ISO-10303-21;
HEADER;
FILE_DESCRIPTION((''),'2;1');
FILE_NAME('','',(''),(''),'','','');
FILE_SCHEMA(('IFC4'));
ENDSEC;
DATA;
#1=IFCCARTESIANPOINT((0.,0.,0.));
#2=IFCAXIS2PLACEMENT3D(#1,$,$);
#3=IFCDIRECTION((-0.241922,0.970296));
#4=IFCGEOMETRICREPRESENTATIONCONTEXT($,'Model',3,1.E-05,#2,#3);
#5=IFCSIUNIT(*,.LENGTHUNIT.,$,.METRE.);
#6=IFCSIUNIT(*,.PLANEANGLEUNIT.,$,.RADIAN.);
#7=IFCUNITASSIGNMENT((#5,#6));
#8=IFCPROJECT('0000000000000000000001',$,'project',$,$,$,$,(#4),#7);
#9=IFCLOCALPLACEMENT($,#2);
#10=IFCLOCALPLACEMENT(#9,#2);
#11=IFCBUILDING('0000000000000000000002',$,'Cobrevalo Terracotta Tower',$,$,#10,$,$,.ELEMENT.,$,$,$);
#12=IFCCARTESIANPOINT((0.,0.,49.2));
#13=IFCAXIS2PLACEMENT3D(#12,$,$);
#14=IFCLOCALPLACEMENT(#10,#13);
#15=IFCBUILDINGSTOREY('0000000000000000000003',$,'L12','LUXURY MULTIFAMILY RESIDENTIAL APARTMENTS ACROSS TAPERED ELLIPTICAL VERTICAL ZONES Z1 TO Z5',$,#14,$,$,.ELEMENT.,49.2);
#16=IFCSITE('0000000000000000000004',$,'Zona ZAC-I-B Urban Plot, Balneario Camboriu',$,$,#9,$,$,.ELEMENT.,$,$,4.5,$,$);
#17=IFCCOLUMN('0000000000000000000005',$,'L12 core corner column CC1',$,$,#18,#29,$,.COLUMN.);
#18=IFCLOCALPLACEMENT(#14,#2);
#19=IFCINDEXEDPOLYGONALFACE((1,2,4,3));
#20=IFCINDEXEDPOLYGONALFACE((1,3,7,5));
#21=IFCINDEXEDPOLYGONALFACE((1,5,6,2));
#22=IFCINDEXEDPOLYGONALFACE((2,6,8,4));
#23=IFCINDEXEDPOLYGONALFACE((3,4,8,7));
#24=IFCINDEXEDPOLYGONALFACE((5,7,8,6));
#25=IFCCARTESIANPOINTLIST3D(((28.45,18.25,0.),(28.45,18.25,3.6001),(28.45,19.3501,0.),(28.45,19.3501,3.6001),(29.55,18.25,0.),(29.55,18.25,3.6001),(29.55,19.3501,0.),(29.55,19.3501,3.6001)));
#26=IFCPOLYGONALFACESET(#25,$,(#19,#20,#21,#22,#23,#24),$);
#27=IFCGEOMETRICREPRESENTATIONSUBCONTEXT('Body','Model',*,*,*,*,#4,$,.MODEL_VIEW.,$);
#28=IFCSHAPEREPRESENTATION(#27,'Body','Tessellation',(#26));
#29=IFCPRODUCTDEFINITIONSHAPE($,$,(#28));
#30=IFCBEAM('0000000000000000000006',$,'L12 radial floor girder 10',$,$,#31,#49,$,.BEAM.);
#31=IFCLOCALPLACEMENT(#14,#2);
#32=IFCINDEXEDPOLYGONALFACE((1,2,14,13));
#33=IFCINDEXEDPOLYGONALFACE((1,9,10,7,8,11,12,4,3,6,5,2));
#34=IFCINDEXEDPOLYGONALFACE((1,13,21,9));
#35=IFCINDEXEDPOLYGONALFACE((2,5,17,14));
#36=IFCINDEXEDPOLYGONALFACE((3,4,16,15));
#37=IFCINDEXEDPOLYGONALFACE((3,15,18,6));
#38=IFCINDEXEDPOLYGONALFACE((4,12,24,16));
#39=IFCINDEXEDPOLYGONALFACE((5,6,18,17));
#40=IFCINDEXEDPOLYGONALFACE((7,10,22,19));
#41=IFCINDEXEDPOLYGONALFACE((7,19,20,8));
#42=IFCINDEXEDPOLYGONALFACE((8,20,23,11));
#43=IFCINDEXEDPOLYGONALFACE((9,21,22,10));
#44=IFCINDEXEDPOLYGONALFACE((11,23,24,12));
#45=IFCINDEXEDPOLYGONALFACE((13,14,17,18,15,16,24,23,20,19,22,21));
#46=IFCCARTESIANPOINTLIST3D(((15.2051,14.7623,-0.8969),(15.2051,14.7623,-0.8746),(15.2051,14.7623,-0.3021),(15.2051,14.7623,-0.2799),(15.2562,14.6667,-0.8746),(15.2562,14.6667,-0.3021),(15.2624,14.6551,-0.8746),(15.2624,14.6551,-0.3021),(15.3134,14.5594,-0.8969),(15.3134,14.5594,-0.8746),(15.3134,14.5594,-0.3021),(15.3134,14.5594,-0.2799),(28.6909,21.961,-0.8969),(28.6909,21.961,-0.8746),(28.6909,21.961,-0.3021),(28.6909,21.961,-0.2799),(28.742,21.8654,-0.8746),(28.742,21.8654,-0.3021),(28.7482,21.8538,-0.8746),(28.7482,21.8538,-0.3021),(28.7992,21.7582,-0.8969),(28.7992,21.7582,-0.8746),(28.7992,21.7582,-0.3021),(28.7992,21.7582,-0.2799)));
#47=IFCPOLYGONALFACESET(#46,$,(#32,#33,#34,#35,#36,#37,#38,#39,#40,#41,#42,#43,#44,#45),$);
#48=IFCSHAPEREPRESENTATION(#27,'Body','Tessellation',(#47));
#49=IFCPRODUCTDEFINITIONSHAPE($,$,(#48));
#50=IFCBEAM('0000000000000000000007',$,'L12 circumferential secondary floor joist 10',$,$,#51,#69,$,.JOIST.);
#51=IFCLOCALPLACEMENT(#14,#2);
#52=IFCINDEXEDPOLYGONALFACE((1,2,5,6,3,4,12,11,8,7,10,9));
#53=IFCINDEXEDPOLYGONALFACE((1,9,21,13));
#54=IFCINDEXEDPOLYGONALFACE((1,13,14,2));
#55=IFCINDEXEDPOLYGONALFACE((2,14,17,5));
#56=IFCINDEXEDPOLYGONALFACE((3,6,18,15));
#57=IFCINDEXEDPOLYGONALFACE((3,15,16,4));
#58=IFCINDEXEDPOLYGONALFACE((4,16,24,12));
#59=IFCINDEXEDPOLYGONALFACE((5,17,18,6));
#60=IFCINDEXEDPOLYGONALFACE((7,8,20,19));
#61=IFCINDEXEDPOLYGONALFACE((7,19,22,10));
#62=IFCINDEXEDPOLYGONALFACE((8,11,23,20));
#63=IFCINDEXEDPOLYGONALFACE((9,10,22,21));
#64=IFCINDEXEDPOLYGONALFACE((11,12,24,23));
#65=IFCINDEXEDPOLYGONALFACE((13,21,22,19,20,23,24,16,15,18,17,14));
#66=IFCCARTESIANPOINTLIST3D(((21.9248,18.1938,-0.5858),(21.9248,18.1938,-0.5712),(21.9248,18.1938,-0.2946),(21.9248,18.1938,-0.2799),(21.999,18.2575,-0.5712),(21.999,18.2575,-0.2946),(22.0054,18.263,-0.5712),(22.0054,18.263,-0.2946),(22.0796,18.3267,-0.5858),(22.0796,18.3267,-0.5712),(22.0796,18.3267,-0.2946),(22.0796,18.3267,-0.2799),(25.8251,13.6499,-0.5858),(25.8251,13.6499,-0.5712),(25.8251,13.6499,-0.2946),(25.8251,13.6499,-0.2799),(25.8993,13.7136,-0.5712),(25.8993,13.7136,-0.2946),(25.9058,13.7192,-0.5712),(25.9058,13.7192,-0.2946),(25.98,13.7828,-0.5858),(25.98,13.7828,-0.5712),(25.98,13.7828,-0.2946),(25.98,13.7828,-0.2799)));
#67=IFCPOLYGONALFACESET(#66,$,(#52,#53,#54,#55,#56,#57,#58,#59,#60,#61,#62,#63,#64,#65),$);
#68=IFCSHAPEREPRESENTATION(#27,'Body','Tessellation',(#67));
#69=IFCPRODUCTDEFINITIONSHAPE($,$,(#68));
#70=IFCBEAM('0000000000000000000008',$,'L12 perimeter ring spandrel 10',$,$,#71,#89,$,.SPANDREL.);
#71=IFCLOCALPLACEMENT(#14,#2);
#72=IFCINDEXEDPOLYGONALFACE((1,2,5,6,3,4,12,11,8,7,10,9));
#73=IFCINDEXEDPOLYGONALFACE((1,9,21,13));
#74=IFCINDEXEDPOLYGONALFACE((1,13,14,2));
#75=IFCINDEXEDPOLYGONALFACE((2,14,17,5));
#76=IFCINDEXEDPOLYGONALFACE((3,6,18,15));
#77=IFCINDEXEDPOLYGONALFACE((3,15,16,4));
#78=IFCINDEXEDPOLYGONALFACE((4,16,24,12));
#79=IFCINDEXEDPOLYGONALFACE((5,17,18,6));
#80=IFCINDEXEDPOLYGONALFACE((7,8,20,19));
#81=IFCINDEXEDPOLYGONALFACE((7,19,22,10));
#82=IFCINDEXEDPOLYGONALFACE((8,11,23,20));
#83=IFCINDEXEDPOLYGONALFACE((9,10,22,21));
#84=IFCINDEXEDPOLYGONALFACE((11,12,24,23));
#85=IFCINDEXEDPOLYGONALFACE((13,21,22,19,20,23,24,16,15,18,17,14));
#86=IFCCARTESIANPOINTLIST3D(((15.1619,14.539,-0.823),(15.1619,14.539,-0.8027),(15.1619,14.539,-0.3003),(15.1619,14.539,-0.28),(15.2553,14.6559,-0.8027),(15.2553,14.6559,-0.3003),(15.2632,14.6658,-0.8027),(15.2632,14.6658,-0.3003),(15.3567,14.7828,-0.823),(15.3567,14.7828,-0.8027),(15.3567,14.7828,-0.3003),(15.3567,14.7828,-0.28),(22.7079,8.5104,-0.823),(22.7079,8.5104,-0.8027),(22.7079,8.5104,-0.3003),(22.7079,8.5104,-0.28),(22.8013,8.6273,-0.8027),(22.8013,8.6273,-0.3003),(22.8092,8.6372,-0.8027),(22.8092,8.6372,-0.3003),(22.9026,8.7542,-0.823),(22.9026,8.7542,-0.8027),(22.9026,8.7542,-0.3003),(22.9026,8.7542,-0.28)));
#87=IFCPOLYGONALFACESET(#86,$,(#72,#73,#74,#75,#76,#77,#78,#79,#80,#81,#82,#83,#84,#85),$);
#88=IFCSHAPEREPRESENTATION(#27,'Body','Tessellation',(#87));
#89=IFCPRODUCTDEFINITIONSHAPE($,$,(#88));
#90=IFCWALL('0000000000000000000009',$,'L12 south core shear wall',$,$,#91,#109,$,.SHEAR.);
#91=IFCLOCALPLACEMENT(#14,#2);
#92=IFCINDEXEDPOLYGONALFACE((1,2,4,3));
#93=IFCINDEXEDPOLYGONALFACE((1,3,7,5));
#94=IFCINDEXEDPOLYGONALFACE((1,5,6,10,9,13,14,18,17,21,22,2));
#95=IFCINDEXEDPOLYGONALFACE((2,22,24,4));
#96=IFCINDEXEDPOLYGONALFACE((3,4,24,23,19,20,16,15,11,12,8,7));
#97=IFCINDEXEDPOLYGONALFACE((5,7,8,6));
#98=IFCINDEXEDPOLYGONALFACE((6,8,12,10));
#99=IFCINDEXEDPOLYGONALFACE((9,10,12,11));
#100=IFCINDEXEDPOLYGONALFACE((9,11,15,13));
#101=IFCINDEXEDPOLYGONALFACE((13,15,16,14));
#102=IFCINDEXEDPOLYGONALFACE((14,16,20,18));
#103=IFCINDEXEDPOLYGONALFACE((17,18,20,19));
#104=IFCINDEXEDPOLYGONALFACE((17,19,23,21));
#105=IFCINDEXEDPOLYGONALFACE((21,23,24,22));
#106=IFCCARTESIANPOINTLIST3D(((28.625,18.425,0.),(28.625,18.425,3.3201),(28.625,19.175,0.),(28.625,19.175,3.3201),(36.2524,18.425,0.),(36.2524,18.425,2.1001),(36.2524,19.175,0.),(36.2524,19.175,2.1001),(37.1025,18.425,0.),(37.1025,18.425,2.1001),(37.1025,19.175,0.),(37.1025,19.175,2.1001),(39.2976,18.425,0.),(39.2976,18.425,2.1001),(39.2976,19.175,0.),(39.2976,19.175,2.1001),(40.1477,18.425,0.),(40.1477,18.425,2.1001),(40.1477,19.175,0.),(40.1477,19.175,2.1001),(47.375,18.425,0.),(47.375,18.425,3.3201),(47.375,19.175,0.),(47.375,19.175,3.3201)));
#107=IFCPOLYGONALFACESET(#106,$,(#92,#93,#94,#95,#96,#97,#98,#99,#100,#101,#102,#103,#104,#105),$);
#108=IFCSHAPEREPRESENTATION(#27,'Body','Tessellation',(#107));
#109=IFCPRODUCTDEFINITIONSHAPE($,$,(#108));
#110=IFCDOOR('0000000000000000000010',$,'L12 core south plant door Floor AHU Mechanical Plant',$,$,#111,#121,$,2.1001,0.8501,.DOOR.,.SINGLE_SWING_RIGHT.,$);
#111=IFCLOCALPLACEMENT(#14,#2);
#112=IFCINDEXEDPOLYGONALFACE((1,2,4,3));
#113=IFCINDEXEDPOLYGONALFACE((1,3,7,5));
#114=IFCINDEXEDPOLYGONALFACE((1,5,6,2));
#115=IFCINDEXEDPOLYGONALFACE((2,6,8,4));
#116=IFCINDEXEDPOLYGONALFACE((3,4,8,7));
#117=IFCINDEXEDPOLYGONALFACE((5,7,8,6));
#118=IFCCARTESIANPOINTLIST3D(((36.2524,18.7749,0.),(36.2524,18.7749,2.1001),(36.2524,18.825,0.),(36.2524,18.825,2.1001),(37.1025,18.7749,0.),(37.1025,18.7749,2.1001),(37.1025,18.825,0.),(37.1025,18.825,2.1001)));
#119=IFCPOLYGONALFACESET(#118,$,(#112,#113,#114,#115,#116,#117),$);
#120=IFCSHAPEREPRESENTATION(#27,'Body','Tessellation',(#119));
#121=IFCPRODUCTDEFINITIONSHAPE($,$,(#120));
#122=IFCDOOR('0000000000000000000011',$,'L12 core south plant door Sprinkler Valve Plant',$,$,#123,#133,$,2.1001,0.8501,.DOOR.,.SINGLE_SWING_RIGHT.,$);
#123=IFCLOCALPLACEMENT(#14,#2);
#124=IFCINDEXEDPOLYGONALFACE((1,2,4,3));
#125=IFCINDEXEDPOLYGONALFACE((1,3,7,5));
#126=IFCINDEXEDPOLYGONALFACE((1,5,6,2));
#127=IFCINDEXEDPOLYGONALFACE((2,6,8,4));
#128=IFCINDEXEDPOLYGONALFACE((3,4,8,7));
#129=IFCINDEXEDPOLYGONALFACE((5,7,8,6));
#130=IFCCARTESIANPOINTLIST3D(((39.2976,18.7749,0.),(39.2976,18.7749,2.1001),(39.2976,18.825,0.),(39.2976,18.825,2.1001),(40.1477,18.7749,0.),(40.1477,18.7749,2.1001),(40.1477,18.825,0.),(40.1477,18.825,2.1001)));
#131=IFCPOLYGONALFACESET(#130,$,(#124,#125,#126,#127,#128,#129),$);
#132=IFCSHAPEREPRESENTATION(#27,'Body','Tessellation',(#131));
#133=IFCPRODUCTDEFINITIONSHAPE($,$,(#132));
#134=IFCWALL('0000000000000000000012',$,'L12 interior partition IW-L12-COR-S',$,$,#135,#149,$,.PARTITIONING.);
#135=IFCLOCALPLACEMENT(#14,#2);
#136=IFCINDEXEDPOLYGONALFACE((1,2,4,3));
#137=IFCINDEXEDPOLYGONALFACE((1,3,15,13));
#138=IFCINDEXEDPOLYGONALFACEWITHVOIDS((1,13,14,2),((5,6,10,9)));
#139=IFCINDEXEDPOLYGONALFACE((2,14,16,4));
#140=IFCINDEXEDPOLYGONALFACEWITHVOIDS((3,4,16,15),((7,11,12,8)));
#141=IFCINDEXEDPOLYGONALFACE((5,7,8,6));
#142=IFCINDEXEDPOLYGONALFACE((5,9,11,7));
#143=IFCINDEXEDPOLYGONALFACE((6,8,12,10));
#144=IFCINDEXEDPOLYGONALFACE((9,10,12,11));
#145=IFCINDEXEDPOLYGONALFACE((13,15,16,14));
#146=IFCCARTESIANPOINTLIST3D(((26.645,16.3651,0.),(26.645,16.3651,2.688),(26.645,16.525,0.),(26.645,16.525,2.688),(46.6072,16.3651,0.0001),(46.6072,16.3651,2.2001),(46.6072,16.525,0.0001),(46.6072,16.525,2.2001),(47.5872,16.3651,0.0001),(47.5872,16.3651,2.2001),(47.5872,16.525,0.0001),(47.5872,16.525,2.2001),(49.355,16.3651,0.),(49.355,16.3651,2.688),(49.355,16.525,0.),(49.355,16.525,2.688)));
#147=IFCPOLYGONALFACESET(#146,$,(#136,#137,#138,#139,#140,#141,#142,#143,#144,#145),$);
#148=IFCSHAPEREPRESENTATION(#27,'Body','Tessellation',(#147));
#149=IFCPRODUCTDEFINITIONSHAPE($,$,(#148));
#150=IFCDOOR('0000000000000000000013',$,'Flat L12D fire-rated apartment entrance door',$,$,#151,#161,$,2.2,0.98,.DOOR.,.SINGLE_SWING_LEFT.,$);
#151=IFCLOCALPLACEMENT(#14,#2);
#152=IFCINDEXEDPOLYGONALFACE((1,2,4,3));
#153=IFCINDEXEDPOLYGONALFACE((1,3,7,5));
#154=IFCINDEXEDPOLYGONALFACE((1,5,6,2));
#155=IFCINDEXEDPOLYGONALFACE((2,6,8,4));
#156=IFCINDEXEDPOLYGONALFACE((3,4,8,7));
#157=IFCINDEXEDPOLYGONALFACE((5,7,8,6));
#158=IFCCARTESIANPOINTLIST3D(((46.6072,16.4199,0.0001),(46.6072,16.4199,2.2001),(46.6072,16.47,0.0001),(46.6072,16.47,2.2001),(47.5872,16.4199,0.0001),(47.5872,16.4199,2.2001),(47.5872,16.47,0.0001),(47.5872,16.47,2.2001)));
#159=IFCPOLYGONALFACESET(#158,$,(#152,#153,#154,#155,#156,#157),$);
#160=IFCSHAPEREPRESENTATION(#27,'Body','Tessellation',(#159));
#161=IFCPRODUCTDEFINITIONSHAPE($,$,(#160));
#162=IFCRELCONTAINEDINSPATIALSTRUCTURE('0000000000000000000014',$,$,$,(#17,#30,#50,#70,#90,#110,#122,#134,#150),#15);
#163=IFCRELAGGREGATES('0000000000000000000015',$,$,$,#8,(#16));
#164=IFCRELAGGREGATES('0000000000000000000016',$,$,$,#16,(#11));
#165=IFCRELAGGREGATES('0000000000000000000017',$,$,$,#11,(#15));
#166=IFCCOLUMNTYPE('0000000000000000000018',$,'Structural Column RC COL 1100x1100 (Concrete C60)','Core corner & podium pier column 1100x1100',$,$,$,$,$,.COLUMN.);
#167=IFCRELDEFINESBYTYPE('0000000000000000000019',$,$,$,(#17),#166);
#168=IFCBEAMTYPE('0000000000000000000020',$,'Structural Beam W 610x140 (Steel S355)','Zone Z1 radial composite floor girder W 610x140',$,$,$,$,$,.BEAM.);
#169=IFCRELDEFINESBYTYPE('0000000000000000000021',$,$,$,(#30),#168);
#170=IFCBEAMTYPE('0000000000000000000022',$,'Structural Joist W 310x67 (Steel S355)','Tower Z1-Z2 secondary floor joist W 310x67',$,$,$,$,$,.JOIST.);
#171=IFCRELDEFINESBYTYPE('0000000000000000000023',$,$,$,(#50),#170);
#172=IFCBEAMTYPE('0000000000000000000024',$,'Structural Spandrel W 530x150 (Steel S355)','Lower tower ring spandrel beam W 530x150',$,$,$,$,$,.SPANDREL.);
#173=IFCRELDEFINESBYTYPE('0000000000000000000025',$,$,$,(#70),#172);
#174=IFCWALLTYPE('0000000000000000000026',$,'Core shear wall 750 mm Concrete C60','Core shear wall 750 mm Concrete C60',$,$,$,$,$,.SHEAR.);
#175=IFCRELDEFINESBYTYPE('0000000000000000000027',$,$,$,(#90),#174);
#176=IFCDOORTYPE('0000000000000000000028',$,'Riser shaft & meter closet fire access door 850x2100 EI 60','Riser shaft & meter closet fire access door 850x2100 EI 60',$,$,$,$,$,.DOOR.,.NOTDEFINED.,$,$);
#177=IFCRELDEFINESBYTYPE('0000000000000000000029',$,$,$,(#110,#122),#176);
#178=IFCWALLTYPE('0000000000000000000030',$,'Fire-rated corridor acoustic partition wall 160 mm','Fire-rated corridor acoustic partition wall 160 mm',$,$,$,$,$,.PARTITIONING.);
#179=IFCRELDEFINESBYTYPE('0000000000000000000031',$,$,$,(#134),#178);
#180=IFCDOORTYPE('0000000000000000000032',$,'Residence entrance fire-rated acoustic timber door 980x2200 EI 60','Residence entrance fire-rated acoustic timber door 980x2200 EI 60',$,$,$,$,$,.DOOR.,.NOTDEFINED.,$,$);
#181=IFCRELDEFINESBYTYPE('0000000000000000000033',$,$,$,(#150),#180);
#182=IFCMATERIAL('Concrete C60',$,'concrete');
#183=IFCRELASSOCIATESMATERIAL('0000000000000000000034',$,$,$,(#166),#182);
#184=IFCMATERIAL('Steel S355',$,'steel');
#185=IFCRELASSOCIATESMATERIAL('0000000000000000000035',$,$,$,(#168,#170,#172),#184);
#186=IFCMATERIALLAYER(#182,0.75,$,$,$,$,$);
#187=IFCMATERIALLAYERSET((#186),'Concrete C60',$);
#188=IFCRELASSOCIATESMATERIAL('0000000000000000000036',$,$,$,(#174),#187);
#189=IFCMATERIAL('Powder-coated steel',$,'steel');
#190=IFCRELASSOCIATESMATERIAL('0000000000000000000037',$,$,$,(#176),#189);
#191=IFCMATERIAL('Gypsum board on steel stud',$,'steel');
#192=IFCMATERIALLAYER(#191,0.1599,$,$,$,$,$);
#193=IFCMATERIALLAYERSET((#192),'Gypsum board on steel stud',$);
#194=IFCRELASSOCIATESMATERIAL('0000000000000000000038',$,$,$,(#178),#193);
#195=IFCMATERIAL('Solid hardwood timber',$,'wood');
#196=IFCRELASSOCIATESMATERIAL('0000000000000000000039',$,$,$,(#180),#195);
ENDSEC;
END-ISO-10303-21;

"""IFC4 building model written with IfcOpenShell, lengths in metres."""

from ifc_helpers import new_model, si_unit, direction, frame, frame_2d, origin, origin_2d, place, context, subcontext, project, spatial, rectangle, i_section, extrude, source, transform, mapped, material, layer, layer_set, material_profile, profile_set, type_object, element, fill, save


model = new_model("IFC4")

# Units and contexts
model_context = context("Model", 3, precision=1e-05, world=origin(), true_north=direction((-0.241922, 0.970296)))
body_context = subcontext(model_context, "Body", "Model", "MODEL_VIEW")
ifc_project = project(units=[si_unit("LENGTHUNIT", "METRE"), si_unit("PLANEANGLEUNIT", "RADIAN")], contexts=[model_context])

# Site, building, storey
site_placement = place(None, origin())
site = spatial("IfcSite", under=ifc_project, at=site_placement, Name="Zona ZAC-I-B Urban Plot, Balneario Camboriu", CompositionType="ELEMENT", RefElevation=4.5)
building_placement = place(site_placement, origin())
building = spatial("IfcBuilding", under=site, at=building_placement, Name="Cobrevalo Terracotta Tower", CompositionType="ELEMENT")
storey_placement = place(building_placement, frame((0.0, 0.0, 49.2)))
storey = spatial("IfcBuildingStorey", under=building, at=storey_placement, Name="L12", Description="LUXURY MULTIFAMILY RESIDENTIAL APARTMENTS ACROSS TAPERED ELLIPTICAL VERTICAL ZONES Z1 TO Z5", CompositionType="ELEMENT", Elevation=49.2)

# Column
ifc_material_1 = material(Name="Concrete C60", Category="concrete")
ifc_material_profile_1 = material_profile(ifc_material_1, rectangle(XDim=1.1001, YDim=1.1001, at=origin_2d()), Name="RC COL 1100x1100")
ifc_profile_set_1 = profile_set([ifc_material_profile_1], Name="Concrete C60")
column_type = type_object("IfcColumnType", Name="Structural Column RC COL 1100x1100 (Concrete C60)", Description="Core corner & podium pier column 1100x1100", PredefinedType="COLUMN", material=ifc_profile_set_1)
column_placement = place(storey_placement, frame((29.0, 18.8, 0.0), z_axis=(0.0, 0.0, 1.0), x_axis=(1.0, 0.0, 0.0)))
element("IfcColumn", 1, at=column_placement, inside=storey, type_object=column_type, Name="L12 core corner column CC1", PredefinedType="COLUMN", context=body_context, shape_type="SweptSolid", body=[
    extrude(rectangle(XDim=1.1001, YDim=1.1001, at=origin_2d()), origin(), (0.0, 0.0, 1.0), 3.6001),
])

# Beams
ifc_material_2 = material(Name="Steel S355", Category="steel")
ifc_material_profile_2 = material_profile(ifc_material_2, i_section(OverallWidth=0.23, OverallDepth=0.6169, WebThickness=0.0132, FlangeThickness=0.0222, at=origin_2d()), Name="W 610x140")
ifc_profile_set_2 = profile_set([ifc_material_profile_2], Name="Steel S355")
beam_type_1 = type_object("IfcBeamType", Name="Structural Beam W 610x140 (Steel S355)", Description="Zone Z1 radial composite floor girder W 610x140", PredefinedType="BEAM", material=ifc_profile_set_2)
beam_1_placement = place(storey_placement, frame((15.2593, 14.6609, -0.5884), z_axis=(0.882182, 0.470908, 0.0), x_axis=(-0.470908, 0.882182, 0.0)))
element("IfcBeam", 2, at=beam_1_placement, inside=storey, type_object=beam_type_1, Name="L12 radial floor girder 10", PredefinedType="BEAM", context=body_context, shape_type="SweptSolid", body=[
    extrude(i_section(OverallWidth=0.23, OverallDepth=0.6169, WebThickness=0.0132, FlangeThickness=0.0222, at=origin_2d()), origin(), (0.0, 0.0, 1.0), 15.2869),
])
ifc_material_profile_3 = material_profile(ifc_material_2, i_section(OverallWidth=0.2041, OverallDepth=0.3059, WebThickness=0.0085, FlangeThickness=0.0146, at=origin_2d()), Name="W 310x67")
ifc_profile_set_3 = profile_set([ifc_material_profile_3], Name="Steel S355")
beam_type_2 = type_object("IfcBeamType", Name="Structural Joist W 310x67 (Steel S355)", Description="Tower Z1-Z2 secondary floor joist W 310x67", PredefinedType="JOIST", material=ifc_profile_set_3)
beam_2_placement = place(storey_placement, frame((22.0022, 18.2603, -0.4329), z_axis=(0.651328, -0.758796, 0.0), x_axis=(0.758796, 0.651328, 0.0)))
element("IfcBeam", 3, at=beam_2_placement, inside=storey, type_object=beam_type_2, Name="L12 circumferential secondary floor joist 10", PredefinedType="JOIST", context=body_context, shape_type="SweptSolid", body=[
    extrude(i_section(OverallWidth=0.2041, OverallDepth=0.3059, WebThickness=0.0085, FlangeThickness=0.0146, at=origin_2d()), origin(), (0.0, 0.0, 1.0), 5.9883),
])
ifc_material_profile_4 = material_profile(ifc_material_2, i_section(OverallWidth=0.312, OverallDepth=0.543, WebThickness=0.0127, FlangeThickness=0.0203, at=origin_2d()), Name="W 530x150")
ifc_profile_set_4 = profile_set([ifc_material_profile_4], Name="Steel S355")
beam_type_3 = type_object("IfcBeamType", Name="Structural Spandrel W 530x150 (Steel S355)", Description="Lower tower ring spandrel beam W 530x150", PredefinedType="SPANDREL", material=ifc_profile_set_4)
beam_3_placement = place(storey_placement, frame((15.2593, 14.6609, -0.5515), z_axis=(0.78128, -0.62418, 0.0), x_axis=(0.62418, 0.78128, 0.0)))
element("IfcBeam", 4, at=beam_3_placement, inside=storey, type_object=beam_type_3, Name="L12 perimeter ring spandrel 10", PredefinedType="SPANDREL", context=body_context, shape_type="SweptSolid", body=[
    extrude(i_section(OverallWidth=0.312, OverallDepth=0.543, WebThickness=0.0127, FlangeThickness=0.0203, at=origin_2d()), origin(), (0.0, 0.0, 1.0), 9.6584),
])

# Wall, openings, doors
ifc_layer_1 = layer(ifc_material_1, 0.75)
ifc_layer_set_1 = layer_set([ifc_layer_1], Name="Concrete C60")
wall_type_1 = type_object("IfcWallType", Name="Core shear wall 750 mm Concrete C60", Description="Core shear wall 750 mm Concrete C60", PredefinedType="SHEAR", material=ifc_layer_set_1)
wall_1_placement = place(storey_placement, frame((28.625, 18.8, 0.0), z_axis=(0.0, 0.0, 1.0), x_axis=(1.0, 0.0, 0.0)))
wall_1 = element("IfcWall", 5, at=wall_1_placement, inside=storey, type_object=wall_type_1, Name="L12 south core shear wall", PredefinedType="SHEAR", context=body_context, shape_type="SweptSolid", body=[
    extrude(rectangle(XDim=18.75, YDim=0.75, at=frame_2d((9.375, 0.0))), origin(), (0.0, 0.0, 1.0), 3.3201),
])
opening_1_placement = place(wall_1_placement, frame((7.6274, 0.0, 0.0)))
opening_1 = element("IfcOpeningElement", 6, at=opening_1_placement, cuts=wall_1, PredefinedType="OPENING", context=body_context, shape_type="SweptSolid", body=[
    extrude(rectangle(XDim=0.8501, YDim=2.1001, at=frame_2d((0.425, 1.05))), frame((0.0, 0.385, 0.0), z_axis=(0.0, -1.0, 0.0), x_axis=(1.0, 0.0, 0.0)), (0.0, 0.0, 1.0), 0.77),
])
opening_2_placement = place(wall_1_placement, frame((10.6726, 0.0, 0.0)))
opening_2 = element("IfcOpeningElement", 7, at=opening_2_placement, cuts=wall_1, PredefinedType="OPENING", context=body_context, shape_type="SweptSolid", body=[
    extrude(rectangle(XDim=0.8501, YDim=2.1001, at=frame_2d((0.425, 1.05))), frame((0.0, 0.385, 0.0), z_axis=(0.0, -1.0, 0.0), x_axis=(1.0, 0.0, 0.0)), (0.0, 0.0, 1.0), 0.77),
])
ifc_material_3 = material(Name="Powder-coated steel", Category="steel")
door_type_1 = type_object("IfcDoorType", Name="Riser shaft & meter closet fire access door 850x2100 EI 60", Description="Riser shaft & meter closet fire access door 850x2100 EI 60", OperationType="NOTDEFINED", PredefinedType="DOOR", material=ifc_material_3)
shared_shape_1 = source(origin(), body_context, "Body", "SweptSolid", [
    extrude(rectangle(XDim=0.8501, YDim=2.1001, at=frame_2d((0.425, 1.05))), frame((0.0, 0.0249, 0.0), z_axis=(0.0, -1.0, 0.0), x_axis=(1.0, 0.0, 0.0)), (0.0, 0.0, 1.0), 0.05),
])
door_1_placement = place(opening_1_placement, origin())
door_1 = element("IfcDoor", 8, at=door_1_placement, inside=storey, type_object=door_type_1, Name="L12 core south plant door Floor AHU Mechanical Plant", OperationType="SINGLE_SWING_RIGHT", OverallHeight=2.1001, OverallWidth=0.8501, PredefinedType="DOOR", context=body_context, shape_type="MappedRepresentation", body=[
    mapped(shared_shape_1, transform((0.0, 0.0, 0.0), scale=1.0)),
])
fill(opening_1, door_1)
door_2_placement = place(opening_2_placement, origin())
door_2 = element("IfcDoor", 9, at=door_2_placement, inside=storey, type_object=door_type_1, Name="L12 core south plant door Sprinkler Valve Plant", OperationType="SINGLE_SWING_RIGHT", OverallHeight=2.1001, OverallWidth=0.8501, PredefinedType="DOOR", context=body_context, shape_type="MappedRepresentation", body=[
    mapped(shared_shape_1, transform((0.0, 0.0, 0.0), scale=1.0)),
])
fill(opening_2, door_2)

# Wall, opening, door
ifc_material_4 = material(Name="Gypsum board on steel stud", Category="steel")
ifc_layer_2 = layer(ifc_material_4, 0.1599)
ifc_layer_set_2 = layer_set([ifc_layer_2], Name="Gypsum board on steel stud")
wall_type_2 = type_object("IfcWallType", Name="Fire-rated corridor acoustic partition wall 160 mm", Description="Fire-rated corridor acoustic partition wall 160 mm", PredefinedType="PARTITIONING", material=ifc_layer_set_2)
wall_2_placement = place(storey_placement, frame((26.645, 16.4451, 0.0), z_axis=(0.0, 0.0, 1.0), x_axis=(1.0, 0.0, 0.0)))
wall_2 = element("IfcWall", 10, at=wall_2_placement, inside=storey, type_object=wall_type_2, Name="L12 interior partition IW-L12-COR-S", PredefinedType="PARTITIONING", context=body_context, shape_type="SweptSolid", body=[
    extrude(rectangle(XDim=22.71, YDim=0.1599, at=frame_2d((11.355, 0.0))), origin(), (0.0, 0.0, 1.0), 2.688),
])
opening_3_placement = place(wall_2_placement, frame((19.9622, 0.0, 0.0)))
opening_3 = element("IfcOpeningElement", 11, at=opening_3_placement, cuts=wall_2, PredefinedType="OPENING", context=body_context, shape_type="SweptSolid", body=[
    extrude(rectangle(XDim=0.98, YDim=2.2, at=frame_2d((0.49, 1.1001))), frame((0.0, 0.0898, 0.0), z_axis=(0.0, -1.0, 0.0), x_axis=(1.0, 0.0, 0.0)), (0.0, 0.0, 1.0), 0.1799),
])
ifc_material_5 = material(Name="Solid hardwood timber", Category="wood")
door_type_2 = type_object("IfcDoorType", Name="Residence entrance fire-rated acoustic timber door 980x2200 EI 60", Description="Residence entrance fire-rated acoustic timber door 980x2200 EI 60", OperationType="NOTDEFINED", PredefinedType="DOOR", material=ifc_material_5)
shared_shape_2 = source(origin(), body_context, "Body", "SweptSolid", [
    extrude(rectangle(XDim=0.98, YDim=2.2, at=frame_2d((0.49, 1.1001))), frame((0.0, 0.0249, 0.0), z_axis=(0.0, -1.0, 0.0), x_axis=(1.0, 0.0, 0.0)), (0.0, 0.0, 1.0), 0.05),
])
door_3_placement = place(opening_3_placement, origin())
door_3 = element("IfcDoor", 12, at=door_3_placement, inside=storey, type_object=door_type_2, Name="Flat L12D fire-rated apartment entrance door", OperationType="SINGLE_SWING_LEFT", OverallHeight=2.2, OverallWidth=0.98, PredefinedType="DOOR", context=body_context, shape_type="MappedRepresentation", body=[
    mapped(shared_shape_2, transform((0.0, 0.0, 0.0), scale=1.0)),
])
fill(opening_3, door_3)

save(model, "model.ifc")
